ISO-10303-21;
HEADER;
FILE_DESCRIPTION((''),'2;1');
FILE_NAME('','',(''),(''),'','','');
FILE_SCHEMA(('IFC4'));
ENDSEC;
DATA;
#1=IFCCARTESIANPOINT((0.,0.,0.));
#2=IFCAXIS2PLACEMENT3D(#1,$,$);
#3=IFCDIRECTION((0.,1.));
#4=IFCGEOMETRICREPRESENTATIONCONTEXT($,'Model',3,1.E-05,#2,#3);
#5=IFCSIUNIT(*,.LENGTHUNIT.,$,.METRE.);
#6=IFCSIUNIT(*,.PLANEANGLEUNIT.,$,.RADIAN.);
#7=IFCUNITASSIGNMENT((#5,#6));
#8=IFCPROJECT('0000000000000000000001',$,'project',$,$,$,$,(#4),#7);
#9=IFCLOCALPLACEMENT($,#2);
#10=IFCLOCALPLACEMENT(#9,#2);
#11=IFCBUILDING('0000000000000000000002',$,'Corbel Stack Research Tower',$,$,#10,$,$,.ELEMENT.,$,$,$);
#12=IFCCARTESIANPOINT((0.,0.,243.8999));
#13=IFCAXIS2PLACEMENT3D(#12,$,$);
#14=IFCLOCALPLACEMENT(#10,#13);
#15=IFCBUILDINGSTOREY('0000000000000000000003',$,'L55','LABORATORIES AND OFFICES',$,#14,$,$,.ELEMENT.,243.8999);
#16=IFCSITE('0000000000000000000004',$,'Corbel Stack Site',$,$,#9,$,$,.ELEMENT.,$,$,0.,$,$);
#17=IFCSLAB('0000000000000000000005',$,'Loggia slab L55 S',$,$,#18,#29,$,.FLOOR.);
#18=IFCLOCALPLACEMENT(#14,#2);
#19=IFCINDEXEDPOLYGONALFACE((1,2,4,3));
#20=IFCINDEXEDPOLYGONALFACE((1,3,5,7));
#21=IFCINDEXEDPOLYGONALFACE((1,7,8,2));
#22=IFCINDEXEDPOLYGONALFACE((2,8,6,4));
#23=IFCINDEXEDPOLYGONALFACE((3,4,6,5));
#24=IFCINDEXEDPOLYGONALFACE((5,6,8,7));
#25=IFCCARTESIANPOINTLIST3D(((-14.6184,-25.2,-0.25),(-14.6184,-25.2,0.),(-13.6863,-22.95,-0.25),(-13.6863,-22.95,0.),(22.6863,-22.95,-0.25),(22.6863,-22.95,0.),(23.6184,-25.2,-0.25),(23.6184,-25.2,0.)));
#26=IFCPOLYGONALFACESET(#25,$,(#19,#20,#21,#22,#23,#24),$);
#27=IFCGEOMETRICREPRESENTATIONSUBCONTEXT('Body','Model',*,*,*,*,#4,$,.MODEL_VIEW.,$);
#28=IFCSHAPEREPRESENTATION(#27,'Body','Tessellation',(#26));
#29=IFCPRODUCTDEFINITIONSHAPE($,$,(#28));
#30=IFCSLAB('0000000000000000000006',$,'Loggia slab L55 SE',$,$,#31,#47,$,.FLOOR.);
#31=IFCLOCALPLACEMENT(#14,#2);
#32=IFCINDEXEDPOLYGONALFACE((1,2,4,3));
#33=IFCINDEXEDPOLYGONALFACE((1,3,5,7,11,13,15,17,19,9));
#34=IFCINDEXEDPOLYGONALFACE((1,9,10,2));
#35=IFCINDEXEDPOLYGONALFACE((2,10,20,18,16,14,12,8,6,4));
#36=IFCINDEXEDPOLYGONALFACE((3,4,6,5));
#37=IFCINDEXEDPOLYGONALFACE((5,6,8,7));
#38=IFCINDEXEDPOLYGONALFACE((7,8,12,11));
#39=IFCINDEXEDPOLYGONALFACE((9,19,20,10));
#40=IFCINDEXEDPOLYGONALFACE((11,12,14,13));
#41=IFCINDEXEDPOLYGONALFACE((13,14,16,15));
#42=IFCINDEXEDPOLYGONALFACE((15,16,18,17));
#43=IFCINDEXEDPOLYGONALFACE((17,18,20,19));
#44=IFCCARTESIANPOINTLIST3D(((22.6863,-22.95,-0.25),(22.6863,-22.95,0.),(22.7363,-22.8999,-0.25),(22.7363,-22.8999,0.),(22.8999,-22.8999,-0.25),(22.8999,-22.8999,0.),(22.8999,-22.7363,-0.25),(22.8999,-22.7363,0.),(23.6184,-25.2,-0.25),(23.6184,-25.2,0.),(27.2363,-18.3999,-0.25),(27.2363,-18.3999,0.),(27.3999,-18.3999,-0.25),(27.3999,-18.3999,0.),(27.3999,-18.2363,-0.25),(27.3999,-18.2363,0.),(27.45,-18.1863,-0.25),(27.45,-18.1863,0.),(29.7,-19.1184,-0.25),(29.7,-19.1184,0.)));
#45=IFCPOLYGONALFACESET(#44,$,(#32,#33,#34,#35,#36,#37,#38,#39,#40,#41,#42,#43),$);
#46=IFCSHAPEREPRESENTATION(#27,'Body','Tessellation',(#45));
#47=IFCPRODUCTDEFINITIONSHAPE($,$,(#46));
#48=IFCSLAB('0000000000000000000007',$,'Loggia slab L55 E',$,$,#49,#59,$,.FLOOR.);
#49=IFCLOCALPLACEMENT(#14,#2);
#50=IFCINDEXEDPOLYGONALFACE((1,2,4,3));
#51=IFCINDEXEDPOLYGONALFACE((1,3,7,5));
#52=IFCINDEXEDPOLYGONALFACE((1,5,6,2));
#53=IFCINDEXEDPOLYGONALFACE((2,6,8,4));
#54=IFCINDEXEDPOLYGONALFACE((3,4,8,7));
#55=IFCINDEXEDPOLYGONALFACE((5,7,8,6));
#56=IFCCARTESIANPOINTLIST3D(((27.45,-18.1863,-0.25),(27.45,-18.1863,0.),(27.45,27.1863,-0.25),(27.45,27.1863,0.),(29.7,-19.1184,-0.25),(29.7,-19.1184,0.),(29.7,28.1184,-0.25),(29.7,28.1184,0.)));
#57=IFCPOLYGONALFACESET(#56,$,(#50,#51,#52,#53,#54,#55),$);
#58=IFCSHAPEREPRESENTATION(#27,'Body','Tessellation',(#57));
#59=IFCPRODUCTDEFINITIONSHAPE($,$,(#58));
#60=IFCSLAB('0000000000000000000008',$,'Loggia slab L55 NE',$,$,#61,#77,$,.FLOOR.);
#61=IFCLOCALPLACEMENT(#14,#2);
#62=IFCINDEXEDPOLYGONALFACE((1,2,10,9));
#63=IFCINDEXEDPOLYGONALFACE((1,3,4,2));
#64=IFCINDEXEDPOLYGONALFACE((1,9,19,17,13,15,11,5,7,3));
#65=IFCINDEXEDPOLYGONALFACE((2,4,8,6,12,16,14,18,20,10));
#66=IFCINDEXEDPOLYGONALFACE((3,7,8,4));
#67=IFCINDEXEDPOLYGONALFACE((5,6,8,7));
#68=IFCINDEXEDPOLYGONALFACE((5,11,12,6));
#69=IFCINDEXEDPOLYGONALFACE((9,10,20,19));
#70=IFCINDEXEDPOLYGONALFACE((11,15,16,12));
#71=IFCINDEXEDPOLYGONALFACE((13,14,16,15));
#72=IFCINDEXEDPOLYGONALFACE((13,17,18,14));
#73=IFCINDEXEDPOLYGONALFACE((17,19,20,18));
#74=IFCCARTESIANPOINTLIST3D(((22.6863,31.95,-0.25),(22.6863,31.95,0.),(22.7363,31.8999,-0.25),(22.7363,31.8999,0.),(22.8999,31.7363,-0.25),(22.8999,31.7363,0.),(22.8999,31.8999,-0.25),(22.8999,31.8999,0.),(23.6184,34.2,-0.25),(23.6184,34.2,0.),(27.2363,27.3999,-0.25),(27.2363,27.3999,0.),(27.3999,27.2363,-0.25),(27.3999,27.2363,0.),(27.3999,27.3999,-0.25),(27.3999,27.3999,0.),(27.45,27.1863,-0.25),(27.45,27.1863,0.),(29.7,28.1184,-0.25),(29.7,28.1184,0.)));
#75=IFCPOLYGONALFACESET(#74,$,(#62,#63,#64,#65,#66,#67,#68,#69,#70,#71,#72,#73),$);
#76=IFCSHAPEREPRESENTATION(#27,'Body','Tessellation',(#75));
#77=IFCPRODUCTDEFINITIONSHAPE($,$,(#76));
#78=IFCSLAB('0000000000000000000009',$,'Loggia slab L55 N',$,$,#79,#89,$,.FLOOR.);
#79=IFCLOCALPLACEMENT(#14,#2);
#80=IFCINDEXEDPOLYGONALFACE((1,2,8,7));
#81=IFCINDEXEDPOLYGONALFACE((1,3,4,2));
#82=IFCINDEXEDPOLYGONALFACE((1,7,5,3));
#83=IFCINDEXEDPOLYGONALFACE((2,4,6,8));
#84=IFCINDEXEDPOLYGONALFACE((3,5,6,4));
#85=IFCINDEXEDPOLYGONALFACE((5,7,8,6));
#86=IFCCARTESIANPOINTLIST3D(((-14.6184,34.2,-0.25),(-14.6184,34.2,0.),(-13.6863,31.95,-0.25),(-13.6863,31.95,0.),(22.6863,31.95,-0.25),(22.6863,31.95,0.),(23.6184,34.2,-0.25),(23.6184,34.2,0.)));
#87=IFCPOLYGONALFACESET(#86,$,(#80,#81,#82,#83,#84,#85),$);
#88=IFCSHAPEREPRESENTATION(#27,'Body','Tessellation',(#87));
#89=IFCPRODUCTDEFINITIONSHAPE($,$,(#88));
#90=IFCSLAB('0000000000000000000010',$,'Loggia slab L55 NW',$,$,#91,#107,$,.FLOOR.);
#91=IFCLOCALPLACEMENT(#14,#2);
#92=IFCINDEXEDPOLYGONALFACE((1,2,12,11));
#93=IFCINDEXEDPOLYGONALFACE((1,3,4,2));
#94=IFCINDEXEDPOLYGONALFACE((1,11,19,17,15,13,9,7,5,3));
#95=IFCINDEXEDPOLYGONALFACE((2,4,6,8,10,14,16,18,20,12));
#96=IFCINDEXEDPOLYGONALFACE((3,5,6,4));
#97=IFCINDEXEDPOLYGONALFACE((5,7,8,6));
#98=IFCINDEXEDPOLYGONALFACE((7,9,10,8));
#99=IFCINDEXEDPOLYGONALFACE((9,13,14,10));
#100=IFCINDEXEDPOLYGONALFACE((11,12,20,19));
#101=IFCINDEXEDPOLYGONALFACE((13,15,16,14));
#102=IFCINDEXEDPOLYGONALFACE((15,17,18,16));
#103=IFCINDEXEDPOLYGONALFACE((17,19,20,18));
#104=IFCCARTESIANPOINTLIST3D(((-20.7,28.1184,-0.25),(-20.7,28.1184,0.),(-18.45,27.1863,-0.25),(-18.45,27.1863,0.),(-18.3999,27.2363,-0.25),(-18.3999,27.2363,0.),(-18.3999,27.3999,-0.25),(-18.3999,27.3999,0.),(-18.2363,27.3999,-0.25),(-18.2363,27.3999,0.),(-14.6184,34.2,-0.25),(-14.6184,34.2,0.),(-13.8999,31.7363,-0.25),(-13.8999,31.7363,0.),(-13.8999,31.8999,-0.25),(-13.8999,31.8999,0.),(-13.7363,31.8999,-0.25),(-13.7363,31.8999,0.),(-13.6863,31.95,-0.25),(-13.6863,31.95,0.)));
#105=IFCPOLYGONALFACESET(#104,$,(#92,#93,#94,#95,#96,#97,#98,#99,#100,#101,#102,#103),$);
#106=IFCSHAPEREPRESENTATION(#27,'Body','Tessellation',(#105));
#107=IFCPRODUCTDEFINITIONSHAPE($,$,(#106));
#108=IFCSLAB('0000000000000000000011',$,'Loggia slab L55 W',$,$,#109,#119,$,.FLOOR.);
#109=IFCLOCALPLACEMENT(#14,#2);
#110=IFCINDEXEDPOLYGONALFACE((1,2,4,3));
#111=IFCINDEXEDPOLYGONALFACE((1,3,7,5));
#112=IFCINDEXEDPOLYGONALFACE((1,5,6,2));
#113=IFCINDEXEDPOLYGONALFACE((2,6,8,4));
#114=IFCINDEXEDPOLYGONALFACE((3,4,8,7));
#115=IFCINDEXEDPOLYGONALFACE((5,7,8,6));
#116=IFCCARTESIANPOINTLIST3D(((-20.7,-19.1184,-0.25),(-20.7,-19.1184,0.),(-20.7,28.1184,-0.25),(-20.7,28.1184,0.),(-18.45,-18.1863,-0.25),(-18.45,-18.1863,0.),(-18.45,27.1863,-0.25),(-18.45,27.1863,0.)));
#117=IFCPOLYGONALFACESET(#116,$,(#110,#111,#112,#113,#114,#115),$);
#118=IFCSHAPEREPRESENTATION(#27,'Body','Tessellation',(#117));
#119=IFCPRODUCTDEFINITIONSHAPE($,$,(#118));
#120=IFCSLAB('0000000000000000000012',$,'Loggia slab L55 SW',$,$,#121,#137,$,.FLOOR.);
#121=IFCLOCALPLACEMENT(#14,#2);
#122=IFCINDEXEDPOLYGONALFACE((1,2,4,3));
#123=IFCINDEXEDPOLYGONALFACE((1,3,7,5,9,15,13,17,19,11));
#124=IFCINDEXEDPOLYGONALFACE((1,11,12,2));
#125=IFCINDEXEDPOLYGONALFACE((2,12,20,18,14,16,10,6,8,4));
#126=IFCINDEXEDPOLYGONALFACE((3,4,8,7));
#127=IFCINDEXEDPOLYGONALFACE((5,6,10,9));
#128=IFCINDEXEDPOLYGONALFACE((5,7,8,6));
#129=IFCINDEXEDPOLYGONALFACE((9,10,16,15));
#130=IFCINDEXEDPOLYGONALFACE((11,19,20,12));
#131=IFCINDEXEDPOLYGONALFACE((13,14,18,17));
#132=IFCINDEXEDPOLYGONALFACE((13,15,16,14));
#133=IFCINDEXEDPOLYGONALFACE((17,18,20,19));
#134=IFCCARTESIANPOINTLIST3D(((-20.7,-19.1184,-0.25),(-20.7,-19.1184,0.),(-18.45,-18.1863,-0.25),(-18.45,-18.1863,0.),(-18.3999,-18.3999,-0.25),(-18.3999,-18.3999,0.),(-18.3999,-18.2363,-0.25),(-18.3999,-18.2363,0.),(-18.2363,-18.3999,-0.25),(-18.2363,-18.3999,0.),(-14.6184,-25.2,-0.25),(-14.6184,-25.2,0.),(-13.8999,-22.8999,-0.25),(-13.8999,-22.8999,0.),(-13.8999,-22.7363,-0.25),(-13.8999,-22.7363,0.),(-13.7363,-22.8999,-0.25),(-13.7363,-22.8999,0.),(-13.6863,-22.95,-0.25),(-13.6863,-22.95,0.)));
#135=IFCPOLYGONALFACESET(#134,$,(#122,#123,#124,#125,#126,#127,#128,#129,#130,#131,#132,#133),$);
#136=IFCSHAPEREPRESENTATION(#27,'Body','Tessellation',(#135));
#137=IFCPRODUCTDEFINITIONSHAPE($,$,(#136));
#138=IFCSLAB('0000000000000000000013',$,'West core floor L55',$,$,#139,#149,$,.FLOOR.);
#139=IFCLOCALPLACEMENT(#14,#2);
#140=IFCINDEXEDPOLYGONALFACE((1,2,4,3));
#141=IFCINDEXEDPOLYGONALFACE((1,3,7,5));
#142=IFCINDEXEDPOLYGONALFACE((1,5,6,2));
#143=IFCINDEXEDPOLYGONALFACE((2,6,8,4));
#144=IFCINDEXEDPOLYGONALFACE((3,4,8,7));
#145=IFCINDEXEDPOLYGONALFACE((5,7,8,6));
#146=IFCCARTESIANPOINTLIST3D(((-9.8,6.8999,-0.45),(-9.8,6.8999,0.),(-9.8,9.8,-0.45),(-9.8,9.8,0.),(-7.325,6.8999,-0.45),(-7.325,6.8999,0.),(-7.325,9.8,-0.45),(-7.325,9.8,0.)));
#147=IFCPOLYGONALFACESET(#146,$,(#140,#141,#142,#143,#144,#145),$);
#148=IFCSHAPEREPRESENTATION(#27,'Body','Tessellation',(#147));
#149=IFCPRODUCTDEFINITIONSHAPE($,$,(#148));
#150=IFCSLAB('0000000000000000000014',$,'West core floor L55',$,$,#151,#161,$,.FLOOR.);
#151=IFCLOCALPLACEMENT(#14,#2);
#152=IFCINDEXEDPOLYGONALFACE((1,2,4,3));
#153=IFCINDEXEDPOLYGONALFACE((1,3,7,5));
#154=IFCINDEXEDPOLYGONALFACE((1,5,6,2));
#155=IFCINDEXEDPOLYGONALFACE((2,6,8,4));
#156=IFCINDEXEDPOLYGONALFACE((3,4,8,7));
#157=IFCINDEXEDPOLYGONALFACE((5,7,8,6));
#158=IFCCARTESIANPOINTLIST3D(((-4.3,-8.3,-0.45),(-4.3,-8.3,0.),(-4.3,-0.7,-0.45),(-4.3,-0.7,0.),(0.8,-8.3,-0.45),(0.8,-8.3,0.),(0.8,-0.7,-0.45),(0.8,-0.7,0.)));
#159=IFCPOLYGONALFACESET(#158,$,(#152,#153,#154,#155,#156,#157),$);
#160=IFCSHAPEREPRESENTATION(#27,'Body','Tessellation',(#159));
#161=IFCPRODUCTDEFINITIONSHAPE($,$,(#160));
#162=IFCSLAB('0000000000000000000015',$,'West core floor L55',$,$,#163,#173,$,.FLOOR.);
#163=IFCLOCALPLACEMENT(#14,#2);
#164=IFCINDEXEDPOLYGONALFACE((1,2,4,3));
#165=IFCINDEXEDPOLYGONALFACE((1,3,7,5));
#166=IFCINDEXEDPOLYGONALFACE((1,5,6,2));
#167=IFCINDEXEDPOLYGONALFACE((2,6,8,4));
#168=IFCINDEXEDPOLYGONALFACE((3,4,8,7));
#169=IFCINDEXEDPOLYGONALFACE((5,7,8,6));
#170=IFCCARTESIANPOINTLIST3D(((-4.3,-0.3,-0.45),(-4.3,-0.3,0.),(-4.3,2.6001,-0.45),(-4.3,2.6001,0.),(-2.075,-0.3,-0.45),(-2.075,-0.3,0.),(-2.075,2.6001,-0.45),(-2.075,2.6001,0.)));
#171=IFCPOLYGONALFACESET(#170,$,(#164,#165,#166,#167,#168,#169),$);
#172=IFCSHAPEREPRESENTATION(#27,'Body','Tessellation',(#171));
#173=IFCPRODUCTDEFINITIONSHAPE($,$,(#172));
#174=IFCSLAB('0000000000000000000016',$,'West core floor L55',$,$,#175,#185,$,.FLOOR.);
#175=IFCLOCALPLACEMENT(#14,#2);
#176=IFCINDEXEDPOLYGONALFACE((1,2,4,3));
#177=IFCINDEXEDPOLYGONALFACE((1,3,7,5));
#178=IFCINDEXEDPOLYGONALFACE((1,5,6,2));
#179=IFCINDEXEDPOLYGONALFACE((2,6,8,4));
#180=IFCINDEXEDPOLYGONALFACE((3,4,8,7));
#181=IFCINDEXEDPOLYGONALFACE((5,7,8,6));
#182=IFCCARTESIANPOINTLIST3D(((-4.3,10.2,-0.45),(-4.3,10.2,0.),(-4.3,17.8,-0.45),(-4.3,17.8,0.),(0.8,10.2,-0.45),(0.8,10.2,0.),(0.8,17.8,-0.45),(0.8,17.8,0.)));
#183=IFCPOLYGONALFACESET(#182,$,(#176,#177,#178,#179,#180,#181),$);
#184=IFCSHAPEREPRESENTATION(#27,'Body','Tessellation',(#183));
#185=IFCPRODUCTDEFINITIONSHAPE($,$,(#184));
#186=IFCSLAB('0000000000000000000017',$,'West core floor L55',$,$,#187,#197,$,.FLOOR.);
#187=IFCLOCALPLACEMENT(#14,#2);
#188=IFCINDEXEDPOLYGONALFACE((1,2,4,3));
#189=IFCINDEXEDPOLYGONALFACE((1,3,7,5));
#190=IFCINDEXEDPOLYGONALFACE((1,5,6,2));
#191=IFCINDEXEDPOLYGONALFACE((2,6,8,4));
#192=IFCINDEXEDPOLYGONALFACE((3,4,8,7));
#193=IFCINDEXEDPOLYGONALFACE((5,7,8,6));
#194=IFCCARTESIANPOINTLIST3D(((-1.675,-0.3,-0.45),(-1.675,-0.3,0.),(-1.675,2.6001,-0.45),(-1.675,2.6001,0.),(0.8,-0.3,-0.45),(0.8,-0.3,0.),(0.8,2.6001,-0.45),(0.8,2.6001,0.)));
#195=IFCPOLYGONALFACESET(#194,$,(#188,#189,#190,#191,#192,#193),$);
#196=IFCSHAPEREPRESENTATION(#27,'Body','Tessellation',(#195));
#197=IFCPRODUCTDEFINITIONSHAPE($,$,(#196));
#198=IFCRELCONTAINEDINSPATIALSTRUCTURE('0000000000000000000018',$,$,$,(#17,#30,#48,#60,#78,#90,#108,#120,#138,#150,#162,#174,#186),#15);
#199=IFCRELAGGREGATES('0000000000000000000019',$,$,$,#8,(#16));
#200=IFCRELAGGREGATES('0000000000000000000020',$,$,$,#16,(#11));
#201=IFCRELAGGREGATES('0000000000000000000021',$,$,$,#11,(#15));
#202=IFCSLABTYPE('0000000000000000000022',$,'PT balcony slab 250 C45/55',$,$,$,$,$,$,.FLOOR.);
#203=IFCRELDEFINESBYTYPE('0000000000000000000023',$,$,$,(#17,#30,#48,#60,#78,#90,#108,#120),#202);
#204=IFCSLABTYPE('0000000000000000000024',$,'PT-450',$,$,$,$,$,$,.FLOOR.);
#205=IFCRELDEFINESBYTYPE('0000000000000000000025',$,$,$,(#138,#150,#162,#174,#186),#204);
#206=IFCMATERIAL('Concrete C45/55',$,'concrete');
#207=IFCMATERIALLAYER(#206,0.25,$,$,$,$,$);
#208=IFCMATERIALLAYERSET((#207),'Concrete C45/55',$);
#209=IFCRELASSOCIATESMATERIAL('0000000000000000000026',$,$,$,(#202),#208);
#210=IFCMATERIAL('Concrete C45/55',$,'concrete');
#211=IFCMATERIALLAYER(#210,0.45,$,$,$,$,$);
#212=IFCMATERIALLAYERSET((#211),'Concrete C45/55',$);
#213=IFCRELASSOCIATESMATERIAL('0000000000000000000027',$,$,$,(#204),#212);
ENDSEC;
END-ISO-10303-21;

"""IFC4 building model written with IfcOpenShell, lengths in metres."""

from ifc_helpers import new_model, si_unit, direction, frame, origin, place, context, subcontext, project, spatial, polyline, outline, extrude, material, layer, layer_set, type_object, element, save


model = new_model("IFC4")

# Units and contexts
model_context = context("Model", 3, precision=1e-05, world=origin(), true_north=direction((0.0, 1.0)))
body_context = subcontext(model_context, "Body", "Model", "MODEL_VIEW")
ifc_project = project(units=[si_unit("LENGTHUNIT", "METRE"), si_unit("PLANEANGLEUNIT", "RADIAN")], contexts=[model_context])

# Site, building, storey
site_placement = place(None, origin())
site = spatial("IfcSite", under=ifc_project, at=site_placement, Name="Corbel Stack Site", CompositionType="ELEMENT", RefElevation=0.0)
building_placement = place(site_placement, origin())
building = spatial("IfcBuilding", under=site, at=building_placement, Name="Corbel Stack Research Tower", CompositionType="ELEMENT")
storey_placement = place(building_placement, frame((0.0, 0.0, 243.8999)))
storey = spatial("IfcBuildingStorey", under=building, at=storey_placement, Name="L55", Description="LABORATORIES AND OFFICES", CompositionType="ELEMENT", Elevation=243.8999)

# Slabs
ifc_material_1 = material(Name="Concrete C45/55", Category="concrete")
ifc_layer_1 = layer(ifc_material_1, 0.25)
ifc_layer_set_1 = layer_set([ifc_layer_1], Name="Concrete C45/55")
slab_type_1 = type_object("IfcSlabType", Name="PT balcony slab 250 C45/55", PredefinedType="FLOOR", material=ifc_layer_set_1)
slab_1_placement = place(storey_placement, frame((0.0, 0.0, -0.25)))
element("IfcSlab", 1, at=slab_1_placement, inside=storey, type_object=slab_type_1, Name="Loggia slab L55 S", PredefinedType="FLOOR", context=body_context, shape_type="SweptSolid", body=[
    extrude(outline(polyline([(22.6863, -22.95), (-13.6863, -22.95), (-14.6184, -25.2), (23.6184, -25.2), (22.6863, -22.95)])), origin(), (0.0, 0.0, 1.0), 0.25),
])
slab_2_placement = place(storey_placement, frame((0.0, 0.0, -0.25)))
element("IfcSlab", 2, at=slab_2_placement, inside=storey, type_object=slab_type_1, Name="Loggia slab L55 SE", PredefinedType="FLOOR", context=body_context, shape_type="SweptSolid", body=[
    extrude(outline(polyline([(27.45, -18.1863), (27.3999, -18.2363), (27.3999, -18.3999), (27.2363, -18.3999), (22.8999, -22.7363), (22.8999, -22.8999), (22.7363, -22.8999), (22.6863, -22.95), (23.6184, -25.2), (29.7, -19.1184), (27.45, -18.1863)])), origin(), (0.0, 0.0, 1.0), 0.25),
])
slab_3_placement = place(storey_placement, frame((0.0, 0.0, -0.25)))
element("IfcSlab", 3, at=slab_3_placement, inside=storey, type_object=slab_type_1, Name="Loggia slab L55 E", PredefinedType="FLOOR", context=body_context, shape_type="SweptSolid", body=[
    extrude(outline(polyline([(27.45, 27.1863), (27.45, -18.1863), (29.7, -19.1184), (29.7, 28.1184), (27.45, 27.1863)])), origin(), (0.0, 0.0, 1.0), 0.25),
])
slab_4_placement = place(storey_placement, frame((0.0, 0.0, -0.25)))
element("IfcSlab", 4, at=slab_4_placement, inside=storey, type_object=slab_type_1, Name="Loggia slab L55 NE", PredefinedType="FLOOR", context=body_context, shape_type="SweptSolid", body=[
    extrude(outline(polyline([(22.6863, 31.95), (22.7363, 31.8999), (22.8999, 31.8999), (22.8999, 31.7363), (27.2363, 27.3999), (27.3999, 27.3999), (27.3999, 27.2363), (27.45, 27.1863), (29.7, 28.1184), (23.6184, 34.2), (22.6863, 31.95)])), origin(), (0.0, 0.0, 1.0), 0.25),
])
slab_5_placement = place(storey_placement, frame((0.0, 0.0, -0.25)))
element("IfcSlab", 5, at=slab_5_placement, inside=storey, type_object=slab_type_1, Name="Loggia slab L55 N", PredefinedType="FLOOR", context=body_context, shape_type="SweptSolid", body=[
    extrude(outline(polyline([(-13.6863, 31.95), (22.6863, 31.95), (23.6184, 34.2), (-14.6184, 34.2), (-13.6863, 31.95)])), origin(), (0.0, 0.0, 1.0), 0.25),
])
slab_6_placement = place(storey_placement, frame((0.0, 0.0, -0.25)))
element("IfcSlab", 6, at=slab_6_placement, inside=storey, type_object=slab_type_1, Name="Loggia slab L55 NW", PredefinedType="FLOOR", context=body_context, shape_type="SweptSolid", body=[
    extrude(outline(polyline([(-18.45, 27.1863), (-18.3999, 27.2363), (-18.3999, 27.3999), (-18.2363, 27.3999), (-13.8999, 31.7363), (-13.8999, 31.8999), (-13.7363, 31.8999), (-13.6863, 31.95), (-14.6184, 34.2), (-20.7, 28.1184), (-18.45, 27.1863)])), origin(), (0.0, 0.0, 1.0), 0.25),
])
slab_7_placement = place(storey_placement, frame((0.0, 0.0, -0.25)))
element("IfcSlab", 7, at=slab_7_placement, inside=storey, type_object=slab_type_1, Name="Loggia slab L55 W", PredefinedType="FLOOR", context=body_context, shape_type="SweptSolid", body=[
    extrude(outline(polyline([(-18.45, -18.1863), (-18.45, 27.1863), (-20.7, 28.1184), (-20.7, -19.1184), (-18.45, -18.1863)])), origin(), (0.0, 0.0, 1.0), 0.25),
])
slab_8_placement = place(storey_placement, frame((0.0, 0.0, -0.25)))
element("IfcSlab", 8, at=slab_8_placement, inside=storey, type_object=slab_type_1, Name="Loggia slab L55 SW", PredefinedType="FLOOR", context=body_context, shape_type="SweptSolid", body=[
    extrude(outline(polyline([(-13.6863, -22.95), (-13.7363, -22.8999), (-13.8999, -22.8999), (-13.8999, -22.7363), (-18.2363, -18.3999), (-18.3999, -18.3999), (-18.3999, -18.2363), (-18.45, -18.1863), (-20.7, -19.1184), (-14.6184, -25.2), (-13.6863, -22.95)])), origin(), (0.0, 0.0, 1.0), 0.25),
])
ifc_material_2 = material(Name="Concrete C45/55", Category="concrete")
ifc_layer_2 = layer(ifc_material_2, 0.45)
ifc_layer_set_2 = layer_set([ifc_layer_2], Name="Concrete C45/55")
slab_type_2 = type_object("IfcSlabType", Name="PT-450", PredefinedType="FLOOR", material=ifc_layer_set_2)
slab_9_placement = place(storey_placement, frame((0.0, 0.0, -0.45)))
element("IfcSlab", 9, at=slab_9_placement, inside=storey, type_object=slab_type_2, Name="West core floor L55", PredefinedType="FLOOR", context=body_context, shape_type="SweptSolid", body=[
    extrude(outline(polyline([(-9.8, 6.8999), (-7.325, 6.8999), (-7.325, 9.8), (-9.8, 9.8), (-9.8, 6.8999)])), origin(), (0.0, 0.0, 1.0), 0.45),
])
slab_10_placement = place(storey_placement, frame((0.0, 0.0, -0.45)))
element("IfcSlab", 10, at=slab_10_placement, inside=storey, type_object=slab_type_2, Name="West core floor L55", PredefinedType="FLOOR", context=body_context, shape_type="SweptSolid", body=[
    extrude(outline(polyline([(-4.3, -0.7), (-4.3, -8.3), (0.8, -8.3), (0.8, -0.7), (-4.3, -0.7)])), origin(), (0.0, 0.0, 1.0), 0.45),
])
slab_11_placement = place(storey_placement, frame((0.0, 0.0, -0.45)))
element("IfcSlab", 11, at=slab_11_placement, inside=storey, type_object=slab_type_2, Name="West core floor L55", PredefinedType="FLOOR", context=body_context, shape_type="SweptSolid", body=[
    extrude(outline(polyline([(-4.3, 2.6001), (-4.3, -0.3), (-2.075, -0.3), (-2.075, 2.6001), (-4.3, 2.6001)])), origin(), (0.0, 0.0, 1.0), 0.45),
])
slab_12_placement = place(storey_placement, frame((0.0, 0.0, -0.45)))
element("IfcSlab", 12, at=slab_12_placement, inside=storey, type_object=slab_type_2, Name="West core floor L55", PredefinedType="FLOOR", context=body_context, shape_type="SweptSolid", body=[
    extrude(outline(polyline([(-4.3, 17.8), (-4.3, 10.2), (0.8, 10.2), (0.8, 17.8), (-4.3, 17.8)])), origin(), (0.0, 0.0, 1.0), 0.45),
])
slab_13_placement = place(storey_placement, frame((0.0, 0.0, -0.45)))
element("IfcSlab", 13, at=slab_13_placement, inside=storey, type_object=slab_type_2, Name="West core floor L55", PredefinedType="FLOOR", context=body_context, shape_type="SweptSolid", body=[
    extrude(outline(polyline([(-1.675, 2.6001), (-1.675, -0.3), (0.8, -0.3), (0.8, 2.6001), (-1.675, 2.6001)])), origin(), (0.0, 0.0, 1.0), 0.45),
])

save(model, "model.ifc")
